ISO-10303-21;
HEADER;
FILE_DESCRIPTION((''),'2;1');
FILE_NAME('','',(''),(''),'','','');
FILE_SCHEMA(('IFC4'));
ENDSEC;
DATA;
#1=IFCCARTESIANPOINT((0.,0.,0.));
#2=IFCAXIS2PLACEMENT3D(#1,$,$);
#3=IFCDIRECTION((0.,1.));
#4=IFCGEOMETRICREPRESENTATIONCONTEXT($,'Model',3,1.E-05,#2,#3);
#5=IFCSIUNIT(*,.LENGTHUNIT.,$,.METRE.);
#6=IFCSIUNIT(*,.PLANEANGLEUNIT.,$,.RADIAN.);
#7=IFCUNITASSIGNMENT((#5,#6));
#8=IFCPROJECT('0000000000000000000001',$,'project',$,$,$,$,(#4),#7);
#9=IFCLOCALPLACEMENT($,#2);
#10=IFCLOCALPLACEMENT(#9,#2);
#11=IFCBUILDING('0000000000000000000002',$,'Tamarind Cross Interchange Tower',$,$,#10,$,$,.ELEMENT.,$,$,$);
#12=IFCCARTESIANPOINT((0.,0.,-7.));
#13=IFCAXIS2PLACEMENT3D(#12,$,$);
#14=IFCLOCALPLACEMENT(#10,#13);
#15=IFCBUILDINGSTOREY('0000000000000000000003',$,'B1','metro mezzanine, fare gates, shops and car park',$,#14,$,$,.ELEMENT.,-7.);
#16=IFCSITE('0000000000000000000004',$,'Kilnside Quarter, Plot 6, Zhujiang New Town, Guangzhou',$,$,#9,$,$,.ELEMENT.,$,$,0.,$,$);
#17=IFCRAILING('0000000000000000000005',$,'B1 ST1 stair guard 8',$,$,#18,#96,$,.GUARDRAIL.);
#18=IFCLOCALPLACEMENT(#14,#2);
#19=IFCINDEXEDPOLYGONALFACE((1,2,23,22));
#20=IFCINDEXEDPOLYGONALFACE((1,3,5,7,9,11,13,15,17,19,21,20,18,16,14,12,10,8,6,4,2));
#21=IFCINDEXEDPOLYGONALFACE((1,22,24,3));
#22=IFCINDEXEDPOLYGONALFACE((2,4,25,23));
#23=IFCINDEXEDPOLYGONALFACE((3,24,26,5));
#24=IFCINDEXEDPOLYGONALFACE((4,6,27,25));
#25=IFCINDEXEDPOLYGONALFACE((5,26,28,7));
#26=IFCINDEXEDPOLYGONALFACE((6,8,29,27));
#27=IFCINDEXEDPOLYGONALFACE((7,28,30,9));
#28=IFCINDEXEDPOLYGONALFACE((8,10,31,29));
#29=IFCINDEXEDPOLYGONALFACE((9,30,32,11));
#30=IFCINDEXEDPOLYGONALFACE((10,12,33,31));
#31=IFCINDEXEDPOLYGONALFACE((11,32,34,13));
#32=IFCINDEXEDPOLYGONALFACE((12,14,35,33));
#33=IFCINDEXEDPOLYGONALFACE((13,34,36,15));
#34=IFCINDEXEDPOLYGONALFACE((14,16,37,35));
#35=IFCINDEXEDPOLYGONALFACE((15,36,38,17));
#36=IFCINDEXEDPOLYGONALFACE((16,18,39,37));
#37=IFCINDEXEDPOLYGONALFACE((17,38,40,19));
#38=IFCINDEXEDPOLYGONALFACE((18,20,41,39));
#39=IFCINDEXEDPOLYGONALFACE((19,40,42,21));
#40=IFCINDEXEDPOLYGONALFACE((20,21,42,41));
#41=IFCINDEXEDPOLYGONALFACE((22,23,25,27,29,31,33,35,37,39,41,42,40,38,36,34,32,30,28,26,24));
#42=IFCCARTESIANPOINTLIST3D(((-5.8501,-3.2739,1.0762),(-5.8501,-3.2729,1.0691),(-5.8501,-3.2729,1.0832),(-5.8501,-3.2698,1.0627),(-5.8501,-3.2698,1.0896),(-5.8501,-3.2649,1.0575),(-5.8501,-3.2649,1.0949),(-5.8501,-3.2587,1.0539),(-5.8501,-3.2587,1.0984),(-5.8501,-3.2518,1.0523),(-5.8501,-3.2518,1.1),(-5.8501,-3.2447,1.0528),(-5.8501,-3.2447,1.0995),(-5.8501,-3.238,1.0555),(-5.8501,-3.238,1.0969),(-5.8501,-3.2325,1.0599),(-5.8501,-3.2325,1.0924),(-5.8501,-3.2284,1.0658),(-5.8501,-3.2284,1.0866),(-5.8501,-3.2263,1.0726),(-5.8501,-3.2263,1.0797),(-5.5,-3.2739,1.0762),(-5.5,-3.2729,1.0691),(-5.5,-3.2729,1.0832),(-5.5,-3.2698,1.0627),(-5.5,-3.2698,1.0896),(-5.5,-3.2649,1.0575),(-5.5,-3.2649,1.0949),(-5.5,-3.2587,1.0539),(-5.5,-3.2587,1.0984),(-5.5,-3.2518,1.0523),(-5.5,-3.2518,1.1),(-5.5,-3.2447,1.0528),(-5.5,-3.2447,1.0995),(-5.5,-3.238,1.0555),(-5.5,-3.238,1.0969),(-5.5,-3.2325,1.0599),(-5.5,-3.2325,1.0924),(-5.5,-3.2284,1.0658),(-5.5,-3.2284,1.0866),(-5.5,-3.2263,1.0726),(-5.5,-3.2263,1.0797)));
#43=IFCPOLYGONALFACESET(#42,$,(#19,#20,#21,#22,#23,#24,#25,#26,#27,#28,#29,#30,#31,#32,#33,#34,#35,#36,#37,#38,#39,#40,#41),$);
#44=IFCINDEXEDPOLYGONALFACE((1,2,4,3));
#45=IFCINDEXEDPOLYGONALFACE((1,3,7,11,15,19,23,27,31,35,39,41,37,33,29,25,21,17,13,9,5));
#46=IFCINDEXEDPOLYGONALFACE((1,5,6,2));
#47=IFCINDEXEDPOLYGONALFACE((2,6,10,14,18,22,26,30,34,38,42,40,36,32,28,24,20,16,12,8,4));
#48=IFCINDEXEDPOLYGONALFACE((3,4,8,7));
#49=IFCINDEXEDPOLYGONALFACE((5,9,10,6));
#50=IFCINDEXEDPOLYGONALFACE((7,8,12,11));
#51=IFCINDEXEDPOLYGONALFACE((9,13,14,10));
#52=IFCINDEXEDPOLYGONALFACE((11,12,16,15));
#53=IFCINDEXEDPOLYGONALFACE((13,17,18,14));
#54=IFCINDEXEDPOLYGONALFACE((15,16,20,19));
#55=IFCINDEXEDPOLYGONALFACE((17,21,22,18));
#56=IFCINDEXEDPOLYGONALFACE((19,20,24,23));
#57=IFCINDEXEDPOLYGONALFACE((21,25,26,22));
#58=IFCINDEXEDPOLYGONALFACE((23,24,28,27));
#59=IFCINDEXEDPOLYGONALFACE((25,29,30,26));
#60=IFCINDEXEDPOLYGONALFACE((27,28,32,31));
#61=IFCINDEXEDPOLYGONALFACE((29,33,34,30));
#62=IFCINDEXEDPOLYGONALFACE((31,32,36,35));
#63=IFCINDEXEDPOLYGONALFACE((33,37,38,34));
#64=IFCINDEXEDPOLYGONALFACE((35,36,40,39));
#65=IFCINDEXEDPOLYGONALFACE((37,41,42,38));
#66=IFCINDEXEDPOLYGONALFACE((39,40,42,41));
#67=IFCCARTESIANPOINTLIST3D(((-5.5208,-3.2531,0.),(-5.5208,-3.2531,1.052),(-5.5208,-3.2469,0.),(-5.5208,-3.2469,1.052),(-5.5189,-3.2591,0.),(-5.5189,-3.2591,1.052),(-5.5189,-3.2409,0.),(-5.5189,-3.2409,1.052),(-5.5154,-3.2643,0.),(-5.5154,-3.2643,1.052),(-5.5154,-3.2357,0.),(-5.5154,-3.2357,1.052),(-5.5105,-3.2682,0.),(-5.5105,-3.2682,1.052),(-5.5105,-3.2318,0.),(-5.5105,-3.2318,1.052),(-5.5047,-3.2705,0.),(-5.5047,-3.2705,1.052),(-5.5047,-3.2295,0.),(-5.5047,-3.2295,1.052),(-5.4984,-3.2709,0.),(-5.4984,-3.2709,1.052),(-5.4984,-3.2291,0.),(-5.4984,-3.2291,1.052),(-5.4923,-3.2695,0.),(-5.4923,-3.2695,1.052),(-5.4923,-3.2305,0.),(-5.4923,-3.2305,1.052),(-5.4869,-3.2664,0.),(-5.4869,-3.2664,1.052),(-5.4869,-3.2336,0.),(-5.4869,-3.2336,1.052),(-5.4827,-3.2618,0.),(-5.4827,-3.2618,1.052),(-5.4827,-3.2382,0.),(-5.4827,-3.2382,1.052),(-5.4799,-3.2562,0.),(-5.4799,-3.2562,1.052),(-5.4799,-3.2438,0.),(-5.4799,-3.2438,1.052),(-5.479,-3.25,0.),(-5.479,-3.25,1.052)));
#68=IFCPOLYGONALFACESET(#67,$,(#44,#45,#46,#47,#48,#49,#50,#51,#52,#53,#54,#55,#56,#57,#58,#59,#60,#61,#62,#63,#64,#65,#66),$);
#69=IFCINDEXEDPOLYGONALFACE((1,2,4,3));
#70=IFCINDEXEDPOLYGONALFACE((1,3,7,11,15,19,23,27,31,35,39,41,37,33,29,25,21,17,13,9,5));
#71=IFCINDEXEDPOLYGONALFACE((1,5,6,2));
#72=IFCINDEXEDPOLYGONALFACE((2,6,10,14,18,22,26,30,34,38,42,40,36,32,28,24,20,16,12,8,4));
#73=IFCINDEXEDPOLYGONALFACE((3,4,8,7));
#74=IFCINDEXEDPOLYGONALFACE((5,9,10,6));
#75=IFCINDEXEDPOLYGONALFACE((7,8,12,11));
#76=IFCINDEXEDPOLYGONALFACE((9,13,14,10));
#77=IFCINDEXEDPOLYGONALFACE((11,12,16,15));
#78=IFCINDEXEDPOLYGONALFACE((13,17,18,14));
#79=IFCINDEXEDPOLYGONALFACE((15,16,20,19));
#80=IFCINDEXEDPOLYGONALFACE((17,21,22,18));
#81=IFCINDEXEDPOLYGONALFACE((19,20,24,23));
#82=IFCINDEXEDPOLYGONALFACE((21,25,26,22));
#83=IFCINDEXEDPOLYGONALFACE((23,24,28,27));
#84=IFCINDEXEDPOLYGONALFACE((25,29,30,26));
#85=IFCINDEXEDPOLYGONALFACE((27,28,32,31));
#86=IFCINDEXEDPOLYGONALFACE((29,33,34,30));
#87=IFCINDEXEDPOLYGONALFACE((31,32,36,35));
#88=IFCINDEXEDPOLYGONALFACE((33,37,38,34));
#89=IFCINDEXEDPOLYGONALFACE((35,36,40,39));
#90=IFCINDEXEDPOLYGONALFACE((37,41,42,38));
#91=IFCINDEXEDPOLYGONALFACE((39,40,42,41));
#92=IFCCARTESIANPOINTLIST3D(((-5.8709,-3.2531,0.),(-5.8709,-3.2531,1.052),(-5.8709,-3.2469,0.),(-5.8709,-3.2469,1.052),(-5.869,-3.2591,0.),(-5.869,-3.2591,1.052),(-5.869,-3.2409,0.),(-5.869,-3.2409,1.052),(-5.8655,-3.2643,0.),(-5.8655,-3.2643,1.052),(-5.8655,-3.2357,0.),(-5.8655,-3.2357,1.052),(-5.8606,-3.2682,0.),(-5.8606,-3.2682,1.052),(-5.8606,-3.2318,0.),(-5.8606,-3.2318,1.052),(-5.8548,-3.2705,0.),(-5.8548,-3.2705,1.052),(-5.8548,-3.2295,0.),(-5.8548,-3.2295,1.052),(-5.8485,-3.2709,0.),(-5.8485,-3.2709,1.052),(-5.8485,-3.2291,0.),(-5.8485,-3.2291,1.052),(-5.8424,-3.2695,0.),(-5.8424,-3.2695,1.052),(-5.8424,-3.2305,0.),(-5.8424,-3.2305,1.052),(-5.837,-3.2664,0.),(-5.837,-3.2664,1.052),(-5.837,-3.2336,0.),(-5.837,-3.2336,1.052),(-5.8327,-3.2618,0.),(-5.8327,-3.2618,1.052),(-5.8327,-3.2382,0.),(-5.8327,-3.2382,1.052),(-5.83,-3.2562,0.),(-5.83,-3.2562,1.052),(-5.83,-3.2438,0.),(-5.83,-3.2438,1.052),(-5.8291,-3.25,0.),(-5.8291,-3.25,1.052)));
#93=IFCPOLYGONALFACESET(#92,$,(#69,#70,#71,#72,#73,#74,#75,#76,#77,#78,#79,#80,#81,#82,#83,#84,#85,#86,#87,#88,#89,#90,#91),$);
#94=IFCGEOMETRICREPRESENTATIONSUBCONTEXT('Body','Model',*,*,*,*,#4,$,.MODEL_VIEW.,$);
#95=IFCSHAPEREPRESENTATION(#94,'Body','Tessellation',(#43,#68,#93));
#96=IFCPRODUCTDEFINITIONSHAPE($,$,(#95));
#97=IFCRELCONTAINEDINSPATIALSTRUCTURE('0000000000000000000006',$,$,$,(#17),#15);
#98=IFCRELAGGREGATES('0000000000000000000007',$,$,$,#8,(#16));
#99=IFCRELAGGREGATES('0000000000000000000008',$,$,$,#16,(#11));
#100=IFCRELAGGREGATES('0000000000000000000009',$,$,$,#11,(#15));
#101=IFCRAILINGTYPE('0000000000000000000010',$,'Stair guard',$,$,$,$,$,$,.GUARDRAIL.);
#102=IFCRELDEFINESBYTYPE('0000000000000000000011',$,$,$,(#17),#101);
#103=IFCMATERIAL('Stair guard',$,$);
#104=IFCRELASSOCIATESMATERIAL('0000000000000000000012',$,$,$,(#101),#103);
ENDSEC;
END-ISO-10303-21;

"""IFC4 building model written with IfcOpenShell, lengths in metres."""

from ifc_helpers import new_model, si_unit, direction, frame, origin, origin_2d, place, context, subcontext, project, spatial, circle, extrude, material, type_object, element, save


model = new_model("IFC4")

# Units and contexts
model_context = context("Model", 3, precision=1e-05, world=origin(), true_north=direction((0.0, 1.0)))
body_context = subcontext(model_context, "Body", "Model", "MODEL_VIEW")
ifc_project = project(units=[si_unit("LENGTHUNIT", "METRE"), si_unit("PLANEANGLEUNIT", "RADIAN")], contexts=[model_context])

# Site, building, storey
site_placement = place(None, origin())
site = spatial("IfcSite", under=ifc_project, at=site_placement, Name="Kilnside Quarter, Plot 6, Zhujiang New Town, Guangzhou", CompositionType="ELEMENT", RefElevation=0.0)
building_placement = place(site_placement, origin())
building = spatial("IfcBuilding", under=site, at=building_placement, Name="Tamarind Cross Interchange Tower", CompositionType="ELEMENT")
storey_placement = place(building_placement, frame((0.0, 0.0, -7.0)))
storey = spatial("IfcBuildingStorey", under=building, at=storey_placement, Name="B1", Description="metro mezzanine, fare gates, shops and car park", CompositionType="ELEMENT", Elevation=-7.0)

# Railing
ifc_material_1 = material(Name="Stair guard")
railing_type_1 = type_object("IfcRailingType", Name="Stair guard", PredefinedType="GUARDRAIL", material=ifc_material_1)
railing_1_placement = place(storey_placement, frame((-5.5, -3.25, 0.0)))
element("IfcRailing", 1, at=railing_1_placement, inside=storey, type_object=railing_type_1, Name="B1 ST1 stair guard 8", PredefinedType="GUARDRAIL", context=body_context, shape_type="SweptSolid", body=[
    extrude(circle(Radius=0.0239, at=origin_2d()), frame((0.0, 0.0, 1.0762), z_axis=(-1.0, 0.0, 0.0), x_axis=(0.0, -1.0, 0.0)), (0.0, 0.0, 1.0), 0.3501),
    extrude(circle(Radius=0.021, at=origin_2d()), origin(), (0.0, 0.0, 1.0), 1.052),
    extrude(circle(Radius=0.021, at=origin_2d()), frame((-0.3501, 0.0, 0.0)), (0.0, 0.0, 1.0), 1.052),
])

save(model, "model.ifc")
